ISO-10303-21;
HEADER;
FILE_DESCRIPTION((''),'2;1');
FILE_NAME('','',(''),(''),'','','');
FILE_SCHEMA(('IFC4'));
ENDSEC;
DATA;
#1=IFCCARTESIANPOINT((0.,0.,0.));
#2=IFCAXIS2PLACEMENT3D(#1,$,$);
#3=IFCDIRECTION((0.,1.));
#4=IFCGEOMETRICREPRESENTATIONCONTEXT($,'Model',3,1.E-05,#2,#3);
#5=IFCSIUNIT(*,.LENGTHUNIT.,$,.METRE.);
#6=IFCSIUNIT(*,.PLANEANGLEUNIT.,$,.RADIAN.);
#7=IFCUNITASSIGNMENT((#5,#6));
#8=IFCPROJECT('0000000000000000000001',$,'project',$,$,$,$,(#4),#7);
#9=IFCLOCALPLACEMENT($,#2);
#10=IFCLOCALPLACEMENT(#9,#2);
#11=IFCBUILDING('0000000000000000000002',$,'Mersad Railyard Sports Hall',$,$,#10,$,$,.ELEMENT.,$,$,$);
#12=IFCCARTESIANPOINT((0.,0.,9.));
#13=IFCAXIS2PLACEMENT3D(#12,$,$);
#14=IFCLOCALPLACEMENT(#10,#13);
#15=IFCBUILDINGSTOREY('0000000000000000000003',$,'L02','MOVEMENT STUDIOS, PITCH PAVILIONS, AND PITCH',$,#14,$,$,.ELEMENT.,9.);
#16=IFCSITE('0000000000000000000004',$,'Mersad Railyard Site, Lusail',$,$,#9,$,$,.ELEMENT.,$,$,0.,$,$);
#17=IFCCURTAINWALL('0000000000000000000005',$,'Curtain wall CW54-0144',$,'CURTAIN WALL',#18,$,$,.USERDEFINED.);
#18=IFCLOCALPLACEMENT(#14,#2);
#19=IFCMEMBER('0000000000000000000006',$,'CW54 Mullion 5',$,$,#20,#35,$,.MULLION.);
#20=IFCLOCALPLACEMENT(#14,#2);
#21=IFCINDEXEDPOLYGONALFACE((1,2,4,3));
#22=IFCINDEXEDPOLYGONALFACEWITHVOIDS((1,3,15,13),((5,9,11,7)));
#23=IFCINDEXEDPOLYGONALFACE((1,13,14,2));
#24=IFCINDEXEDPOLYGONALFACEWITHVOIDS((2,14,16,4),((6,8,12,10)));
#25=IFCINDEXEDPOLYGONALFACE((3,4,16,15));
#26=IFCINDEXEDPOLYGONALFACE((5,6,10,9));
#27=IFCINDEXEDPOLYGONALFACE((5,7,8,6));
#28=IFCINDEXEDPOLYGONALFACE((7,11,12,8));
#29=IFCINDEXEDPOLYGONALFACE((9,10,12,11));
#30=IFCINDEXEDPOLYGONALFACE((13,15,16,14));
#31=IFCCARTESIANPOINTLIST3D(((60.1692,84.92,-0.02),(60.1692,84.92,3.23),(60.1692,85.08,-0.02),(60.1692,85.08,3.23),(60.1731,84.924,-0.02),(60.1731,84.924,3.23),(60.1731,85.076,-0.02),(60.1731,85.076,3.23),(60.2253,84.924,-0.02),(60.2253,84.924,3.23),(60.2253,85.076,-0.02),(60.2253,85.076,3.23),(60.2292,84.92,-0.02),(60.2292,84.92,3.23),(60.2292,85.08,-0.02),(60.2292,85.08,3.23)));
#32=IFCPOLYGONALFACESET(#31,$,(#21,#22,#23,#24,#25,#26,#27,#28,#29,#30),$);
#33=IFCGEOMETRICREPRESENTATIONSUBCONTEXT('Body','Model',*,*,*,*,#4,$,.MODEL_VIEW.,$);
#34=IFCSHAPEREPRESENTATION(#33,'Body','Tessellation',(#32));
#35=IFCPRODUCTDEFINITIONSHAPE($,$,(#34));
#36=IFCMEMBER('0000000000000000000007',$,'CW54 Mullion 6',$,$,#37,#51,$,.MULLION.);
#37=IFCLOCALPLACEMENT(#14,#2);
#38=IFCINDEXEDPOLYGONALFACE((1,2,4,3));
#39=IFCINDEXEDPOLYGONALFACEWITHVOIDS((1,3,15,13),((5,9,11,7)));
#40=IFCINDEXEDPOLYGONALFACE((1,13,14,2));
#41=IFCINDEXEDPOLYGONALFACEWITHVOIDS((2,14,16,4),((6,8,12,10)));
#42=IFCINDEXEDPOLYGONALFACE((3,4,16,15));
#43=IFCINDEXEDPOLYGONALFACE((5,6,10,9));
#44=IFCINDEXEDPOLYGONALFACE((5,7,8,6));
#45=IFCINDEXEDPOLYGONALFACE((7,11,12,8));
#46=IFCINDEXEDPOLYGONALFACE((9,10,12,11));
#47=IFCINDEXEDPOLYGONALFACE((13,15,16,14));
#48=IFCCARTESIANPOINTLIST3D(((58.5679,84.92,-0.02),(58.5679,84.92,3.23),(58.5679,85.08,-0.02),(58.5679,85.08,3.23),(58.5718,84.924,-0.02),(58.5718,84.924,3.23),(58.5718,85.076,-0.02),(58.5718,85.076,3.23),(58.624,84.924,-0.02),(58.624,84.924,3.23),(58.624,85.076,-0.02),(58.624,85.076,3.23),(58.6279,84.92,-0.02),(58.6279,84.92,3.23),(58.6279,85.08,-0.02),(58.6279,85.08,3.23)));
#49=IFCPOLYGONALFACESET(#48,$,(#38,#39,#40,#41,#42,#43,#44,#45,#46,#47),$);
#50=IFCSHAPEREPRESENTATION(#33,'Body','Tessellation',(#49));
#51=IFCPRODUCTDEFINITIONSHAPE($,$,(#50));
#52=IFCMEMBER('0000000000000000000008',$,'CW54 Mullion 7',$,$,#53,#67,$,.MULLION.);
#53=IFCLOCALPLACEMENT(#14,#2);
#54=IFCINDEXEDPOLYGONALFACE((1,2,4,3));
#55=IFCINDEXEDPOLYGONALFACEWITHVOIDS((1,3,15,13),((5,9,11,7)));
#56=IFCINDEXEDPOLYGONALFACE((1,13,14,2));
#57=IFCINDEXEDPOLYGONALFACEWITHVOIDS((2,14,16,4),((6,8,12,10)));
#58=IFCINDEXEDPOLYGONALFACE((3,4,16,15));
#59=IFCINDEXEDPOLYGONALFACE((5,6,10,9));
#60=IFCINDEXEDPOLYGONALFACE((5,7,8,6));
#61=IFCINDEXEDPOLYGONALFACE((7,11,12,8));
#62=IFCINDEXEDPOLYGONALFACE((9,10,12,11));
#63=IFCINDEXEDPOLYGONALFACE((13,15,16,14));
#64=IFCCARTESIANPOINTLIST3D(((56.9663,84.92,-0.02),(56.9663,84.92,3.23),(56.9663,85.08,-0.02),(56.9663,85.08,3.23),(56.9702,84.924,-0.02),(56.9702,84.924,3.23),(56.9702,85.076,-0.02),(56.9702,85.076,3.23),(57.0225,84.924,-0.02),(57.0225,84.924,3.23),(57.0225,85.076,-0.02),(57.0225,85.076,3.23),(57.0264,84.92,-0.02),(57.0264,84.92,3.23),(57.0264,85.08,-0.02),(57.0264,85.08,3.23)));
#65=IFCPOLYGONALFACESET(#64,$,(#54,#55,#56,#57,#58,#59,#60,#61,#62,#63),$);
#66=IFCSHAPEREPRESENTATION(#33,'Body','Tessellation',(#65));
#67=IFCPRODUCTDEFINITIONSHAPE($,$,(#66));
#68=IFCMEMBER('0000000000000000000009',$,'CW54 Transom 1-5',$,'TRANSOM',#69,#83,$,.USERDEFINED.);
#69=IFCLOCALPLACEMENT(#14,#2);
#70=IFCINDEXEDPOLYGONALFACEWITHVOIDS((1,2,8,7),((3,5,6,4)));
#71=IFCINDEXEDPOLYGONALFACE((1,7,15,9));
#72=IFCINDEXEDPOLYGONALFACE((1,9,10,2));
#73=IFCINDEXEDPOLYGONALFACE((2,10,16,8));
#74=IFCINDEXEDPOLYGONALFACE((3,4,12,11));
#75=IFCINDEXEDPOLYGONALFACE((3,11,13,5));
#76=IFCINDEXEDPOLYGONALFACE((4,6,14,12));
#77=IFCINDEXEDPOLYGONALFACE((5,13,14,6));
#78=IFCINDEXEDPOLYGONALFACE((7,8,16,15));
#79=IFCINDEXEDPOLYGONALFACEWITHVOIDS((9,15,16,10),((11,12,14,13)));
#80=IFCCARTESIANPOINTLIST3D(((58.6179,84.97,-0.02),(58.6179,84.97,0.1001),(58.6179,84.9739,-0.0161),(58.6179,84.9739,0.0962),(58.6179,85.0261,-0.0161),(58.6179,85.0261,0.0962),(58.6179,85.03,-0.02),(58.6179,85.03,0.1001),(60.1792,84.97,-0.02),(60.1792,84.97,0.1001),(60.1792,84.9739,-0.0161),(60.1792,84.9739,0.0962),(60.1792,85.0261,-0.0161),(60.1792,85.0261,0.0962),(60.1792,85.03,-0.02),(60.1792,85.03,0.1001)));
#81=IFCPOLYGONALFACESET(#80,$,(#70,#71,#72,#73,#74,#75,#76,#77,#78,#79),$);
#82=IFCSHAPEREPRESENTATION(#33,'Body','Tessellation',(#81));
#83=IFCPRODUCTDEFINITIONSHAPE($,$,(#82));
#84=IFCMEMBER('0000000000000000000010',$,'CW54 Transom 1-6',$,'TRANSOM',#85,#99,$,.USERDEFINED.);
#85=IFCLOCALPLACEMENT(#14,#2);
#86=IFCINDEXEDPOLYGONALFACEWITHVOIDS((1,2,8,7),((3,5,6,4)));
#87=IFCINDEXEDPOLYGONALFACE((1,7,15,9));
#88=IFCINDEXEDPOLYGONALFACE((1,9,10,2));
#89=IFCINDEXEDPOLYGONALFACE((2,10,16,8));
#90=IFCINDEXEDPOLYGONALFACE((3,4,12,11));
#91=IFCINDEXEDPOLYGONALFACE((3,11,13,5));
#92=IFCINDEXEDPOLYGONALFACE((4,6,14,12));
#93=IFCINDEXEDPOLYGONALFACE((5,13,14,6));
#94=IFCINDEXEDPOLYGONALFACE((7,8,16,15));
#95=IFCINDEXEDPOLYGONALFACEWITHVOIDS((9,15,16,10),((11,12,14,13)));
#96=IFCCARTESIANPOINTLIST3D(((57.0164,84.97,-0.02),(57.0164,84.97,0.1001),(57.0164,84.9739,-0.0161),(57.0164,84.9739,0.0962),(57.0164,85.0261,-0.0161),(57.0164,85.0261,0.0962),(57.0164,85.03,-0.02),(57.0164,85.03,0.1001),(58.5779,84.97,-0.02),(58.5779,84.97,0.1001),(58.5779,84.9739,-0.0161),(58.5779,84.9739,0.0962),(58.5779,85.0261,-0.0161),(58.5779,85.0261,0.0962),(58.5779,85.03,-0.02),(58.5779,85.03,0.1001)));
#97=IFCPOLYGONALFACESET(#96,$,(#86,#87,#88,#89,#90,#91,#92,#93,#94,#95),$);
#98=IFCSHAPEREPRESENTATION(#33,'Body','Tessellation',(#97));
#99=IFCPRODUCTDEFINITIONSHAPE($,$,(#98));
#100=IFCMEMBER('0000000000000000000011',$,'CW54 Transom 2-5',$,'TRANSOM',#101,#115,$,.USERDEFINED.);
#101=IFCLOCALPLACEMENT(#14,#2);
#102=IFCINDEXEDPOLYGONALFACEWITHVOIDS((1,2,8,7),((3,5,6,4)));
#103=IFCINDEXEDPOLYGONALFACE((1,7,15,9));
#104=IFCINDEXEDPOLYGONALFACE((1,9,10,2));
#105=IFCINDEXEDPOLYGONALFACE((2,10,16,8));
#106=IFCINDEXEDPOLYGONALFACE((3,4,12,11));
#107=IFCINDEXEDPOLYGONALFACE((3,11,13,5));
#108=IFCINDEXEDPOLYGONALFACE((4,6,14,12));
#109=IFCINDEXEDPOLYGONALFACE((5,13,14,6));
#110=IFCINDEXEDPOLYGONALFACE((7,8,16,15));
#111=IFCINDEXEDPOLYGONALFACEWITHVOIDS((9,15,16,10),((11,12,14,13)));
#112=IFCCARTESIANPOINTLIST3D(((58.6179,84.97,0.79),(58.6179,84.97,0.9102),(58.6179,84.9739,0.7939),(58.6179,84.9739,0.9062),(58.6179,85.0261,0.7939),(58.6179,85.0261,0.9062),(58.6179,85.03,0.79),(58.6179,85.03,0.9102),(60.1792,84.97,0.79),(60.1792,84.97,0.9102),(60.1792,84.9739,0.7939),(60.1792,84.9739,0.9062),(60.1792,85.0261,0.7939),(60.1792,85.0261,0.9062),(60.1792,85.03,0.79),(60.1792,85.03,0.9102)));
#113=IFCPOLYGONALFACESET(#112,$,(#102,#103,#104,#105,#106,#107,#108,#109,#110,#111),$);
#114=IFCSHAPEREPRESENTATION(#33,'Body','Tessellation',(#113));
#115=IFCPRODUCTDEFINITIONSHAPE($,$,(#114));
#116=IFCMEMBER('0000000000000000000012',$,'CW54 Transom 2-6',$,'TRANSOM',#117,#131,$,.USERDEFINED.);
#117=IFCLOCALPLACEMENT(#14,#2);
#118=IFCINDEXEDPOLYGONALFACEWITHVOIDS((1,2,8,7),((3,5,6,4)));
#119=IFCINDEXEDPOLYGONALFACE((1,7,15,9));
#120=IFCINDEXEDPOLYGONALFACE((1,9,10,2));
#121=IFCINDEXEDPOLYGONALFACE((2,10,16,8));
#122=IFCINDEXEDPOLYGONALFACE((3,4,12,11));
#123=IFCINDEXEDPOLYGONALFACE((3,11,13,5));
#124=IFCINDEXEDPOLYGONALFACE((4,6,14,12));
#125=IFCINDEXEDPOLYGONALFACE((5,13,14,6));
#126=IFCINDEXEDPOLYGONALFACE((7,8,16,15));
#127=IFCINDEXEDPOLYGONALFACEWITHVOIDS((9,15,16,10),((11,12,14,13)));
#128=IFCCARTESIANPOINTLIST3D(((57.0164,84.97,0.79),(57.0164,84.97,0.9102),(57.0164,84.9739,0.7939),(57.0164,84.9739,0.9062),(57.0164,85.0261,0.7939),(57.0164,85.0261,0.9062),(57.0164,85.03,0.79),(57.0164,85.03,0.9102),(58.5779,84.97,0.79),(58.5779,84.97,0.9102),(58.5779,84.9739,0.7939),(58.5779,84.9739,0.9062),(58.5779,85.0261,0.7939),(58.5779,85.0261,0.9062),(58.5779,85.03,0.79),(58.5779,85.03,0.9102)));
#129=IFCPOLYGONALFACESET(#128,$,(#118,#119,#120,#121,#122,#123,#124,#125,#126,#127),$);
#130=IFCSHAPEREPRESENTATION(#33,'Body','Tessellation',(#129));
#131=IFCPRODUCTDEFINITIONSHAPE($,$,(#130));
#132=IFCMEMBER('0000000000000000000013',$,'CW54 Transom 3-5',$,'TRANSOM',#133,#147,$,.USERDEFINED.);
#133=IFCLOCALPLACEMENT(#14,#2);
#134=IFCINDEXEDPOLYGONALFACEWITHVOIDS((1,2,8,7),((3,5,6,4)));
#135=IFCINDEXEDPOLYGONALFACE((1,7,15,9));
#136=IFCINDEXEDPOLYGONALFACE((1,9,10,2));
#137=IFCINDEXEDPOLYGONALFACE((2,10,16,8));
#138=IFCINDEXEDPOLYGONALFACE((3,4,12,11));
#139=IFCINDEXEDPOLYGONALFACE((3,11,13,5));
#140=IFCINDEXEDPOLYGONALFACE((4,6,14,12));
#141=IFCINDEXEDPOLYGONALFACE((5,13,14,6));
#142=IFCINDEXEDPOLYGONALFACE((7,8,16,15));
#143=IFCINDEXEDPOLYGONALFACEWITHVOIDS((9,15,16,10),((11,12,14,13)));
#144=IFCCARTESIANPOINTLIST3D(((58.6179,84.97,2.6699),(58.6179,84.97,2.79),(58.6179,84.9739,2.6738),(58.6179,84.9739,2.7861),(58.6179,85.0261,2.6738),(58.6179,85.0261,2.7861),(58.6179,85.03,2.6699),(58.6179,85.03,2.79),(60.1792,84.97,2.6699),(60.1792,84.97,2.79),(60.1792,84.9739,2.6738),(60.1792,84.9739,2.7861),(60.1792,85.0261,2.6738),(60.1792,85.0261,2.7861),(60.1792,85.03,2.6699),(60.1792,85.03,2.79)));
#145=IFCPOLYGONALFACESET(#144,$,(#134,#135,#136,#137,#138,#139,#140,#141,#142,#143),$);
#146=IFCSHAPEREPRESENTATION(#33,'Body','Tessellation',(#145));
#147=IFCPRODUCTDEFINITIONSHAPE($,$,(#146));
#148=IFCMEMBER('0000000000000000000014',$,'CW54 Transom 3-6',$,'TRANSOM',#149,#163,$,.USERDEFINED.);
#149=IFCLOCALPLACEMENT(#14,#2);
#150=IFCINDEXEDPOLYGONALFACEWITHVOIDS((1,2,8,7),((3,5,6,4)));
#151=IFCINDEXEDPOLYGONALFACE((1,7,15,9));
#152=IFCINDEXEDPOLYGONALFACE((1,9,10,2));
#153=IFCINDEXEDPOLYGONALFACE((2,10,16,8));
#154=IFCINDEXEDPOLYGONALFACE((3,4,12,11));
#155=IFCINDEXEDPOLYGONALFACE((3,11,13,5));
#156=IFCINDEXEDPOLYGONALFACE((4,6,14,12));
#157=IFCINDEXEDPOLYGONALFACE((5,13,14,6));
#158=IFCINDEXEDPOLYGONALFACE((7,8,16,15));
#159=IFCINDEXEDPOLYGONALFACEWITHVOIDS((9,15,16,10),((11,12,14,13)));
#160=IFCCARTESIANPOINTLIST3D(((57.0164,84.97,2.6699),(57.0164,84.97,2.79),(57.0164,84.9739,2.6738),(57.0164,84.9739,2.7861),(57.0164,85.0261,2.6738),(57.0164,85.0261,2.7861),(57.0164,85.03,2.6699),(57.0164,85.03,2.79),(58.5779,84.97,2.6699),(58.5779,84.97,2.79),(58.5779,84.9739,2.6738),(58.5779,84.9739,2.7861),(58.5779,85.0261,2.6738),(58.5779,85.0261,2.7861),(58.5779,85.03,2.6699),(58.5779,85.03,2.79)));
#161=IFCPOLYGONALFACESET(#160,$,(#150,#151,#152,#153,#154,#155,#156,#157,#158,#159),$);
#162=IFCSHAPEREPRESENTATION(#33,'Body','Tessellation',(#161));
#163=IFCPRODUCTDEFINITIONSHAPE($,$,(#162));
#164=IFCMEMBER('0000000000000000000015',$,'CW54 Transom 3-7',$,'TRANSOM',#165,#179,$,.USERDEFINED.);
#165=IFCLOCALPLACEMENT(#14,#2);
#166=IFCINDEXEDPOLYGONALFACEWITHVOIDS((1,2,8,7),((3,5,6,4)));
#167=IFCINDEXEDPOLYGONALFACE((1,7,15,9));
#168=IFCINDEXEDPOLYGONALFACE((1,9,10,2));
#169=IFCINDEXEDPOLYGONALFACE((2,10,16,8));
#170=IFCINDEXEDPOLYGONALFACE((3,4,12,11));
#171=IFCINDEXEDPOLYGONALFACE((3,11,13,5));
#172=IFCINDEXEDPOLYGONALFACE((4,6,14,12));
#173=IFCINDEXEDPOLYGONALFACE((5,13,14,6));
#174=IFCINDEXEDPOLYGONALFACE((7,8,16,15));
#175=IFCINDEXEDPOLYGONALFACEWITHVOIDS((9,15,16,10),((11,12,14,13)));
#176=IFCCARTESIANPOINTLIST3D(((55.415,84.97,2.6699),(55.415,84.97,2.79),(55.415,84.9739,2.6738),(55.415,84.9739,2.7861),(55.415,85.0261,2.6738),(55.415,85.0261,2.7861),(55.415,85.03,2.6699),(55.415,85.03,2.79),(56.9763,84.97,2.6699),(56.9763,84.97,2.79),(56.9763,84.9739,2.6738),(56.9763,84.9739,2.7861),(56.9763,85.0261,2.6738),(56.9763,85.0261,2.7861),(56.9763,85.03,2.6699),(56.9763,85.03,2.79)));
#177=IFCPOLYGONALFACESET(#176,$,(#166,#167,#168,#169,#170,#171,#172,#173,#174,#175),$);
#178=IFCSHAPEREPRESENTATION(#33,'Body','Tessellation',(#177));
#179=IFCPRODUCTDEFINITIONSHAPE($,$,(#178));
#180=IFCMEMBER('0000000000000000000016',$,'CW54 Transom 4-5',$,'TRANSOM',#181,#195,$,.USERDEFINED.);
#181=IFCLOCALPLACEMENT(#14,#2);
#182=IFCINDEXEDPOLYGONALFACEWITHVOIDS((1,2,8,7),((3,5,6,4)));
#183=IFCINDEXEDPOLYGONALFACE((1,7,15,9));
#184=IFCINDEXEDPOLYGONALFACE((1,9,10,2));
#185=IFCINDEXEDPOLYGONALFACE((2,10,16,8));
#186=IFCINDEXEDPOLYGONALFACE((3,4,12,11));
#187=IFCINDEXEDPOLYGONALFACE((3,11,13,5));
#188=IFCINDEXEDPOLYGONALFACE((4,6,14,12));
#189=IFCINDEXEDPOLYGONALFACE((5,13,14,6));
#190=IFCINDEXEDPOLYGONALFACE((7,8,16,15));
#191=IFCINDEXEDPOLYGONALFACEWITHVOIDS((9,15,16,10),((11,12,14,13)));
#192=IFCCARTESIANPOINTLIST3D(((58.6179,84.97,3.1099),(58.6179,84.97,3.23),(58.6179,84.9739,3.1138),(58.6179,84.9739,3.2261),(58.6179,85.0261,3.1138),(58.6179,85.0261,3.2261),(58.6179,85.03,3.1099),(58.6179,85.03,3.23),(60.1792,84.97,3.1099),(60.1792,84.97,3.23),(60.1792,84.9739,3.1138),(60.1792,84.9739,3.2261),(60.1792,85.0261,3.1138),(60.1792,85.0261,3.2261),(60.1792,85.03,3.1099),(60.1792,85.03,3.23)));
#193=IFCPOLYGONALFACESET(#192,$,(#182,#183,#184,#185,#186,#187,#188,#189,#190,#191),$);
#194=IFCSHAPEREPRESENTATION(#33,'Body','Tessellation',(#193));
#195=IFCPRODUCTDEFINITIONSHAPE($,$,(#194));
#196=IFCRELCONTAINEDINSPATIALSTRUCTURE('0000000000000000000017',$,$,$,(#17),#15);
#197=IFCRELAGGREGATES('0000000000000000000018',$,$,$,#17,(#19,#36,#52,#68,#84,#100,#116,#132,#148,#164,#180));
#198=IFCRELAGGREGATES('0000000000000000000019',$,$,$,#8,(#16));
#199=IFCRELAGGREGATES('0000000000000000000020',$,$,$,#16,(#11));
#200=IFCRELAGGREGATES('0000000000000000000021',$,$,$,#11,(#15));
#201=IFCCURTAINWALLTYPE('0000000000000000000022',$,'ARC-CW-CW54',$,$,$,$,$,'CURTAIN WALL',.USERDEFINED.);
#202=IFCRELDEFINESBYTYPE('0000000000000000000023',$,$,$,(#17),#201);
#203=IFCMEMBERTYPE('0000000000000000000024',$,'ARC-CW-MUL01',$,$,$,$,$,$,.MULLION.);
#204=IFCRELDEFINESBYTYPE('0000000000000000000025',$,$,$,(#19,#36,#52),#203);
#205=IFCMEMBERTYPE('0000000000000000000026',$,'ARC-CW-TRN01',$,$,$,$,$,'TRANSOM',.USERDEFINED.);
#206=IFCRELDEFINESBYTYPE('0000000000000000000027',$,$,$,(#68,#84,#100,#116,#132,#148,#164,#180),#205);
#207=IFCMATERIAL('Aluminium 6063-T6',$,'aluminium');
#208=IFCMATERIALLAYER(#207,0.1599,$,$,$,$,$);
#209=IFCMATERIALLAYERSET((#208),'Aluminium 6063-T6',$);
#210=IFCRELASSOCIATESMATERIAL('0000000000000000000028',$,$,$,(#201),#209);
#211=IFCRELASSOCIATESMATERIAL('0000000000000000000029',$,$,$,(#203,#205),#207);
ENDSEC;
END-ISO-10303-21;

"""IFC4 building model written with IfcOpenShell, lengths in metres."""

from ifc_helpers import new_model, si_unit, direction, frame, origin, origin_2d, place, context, subcontext, project, spatial, hollow_rectangle, extrude, material, layer, layer_set, material_profile, profile_set, type_object, element, aggregate, save


model = new_model("IFC4")

# Units and contexts
model_context = context("Model", 3, precision=1e-05, world=origin(), true_north=direction((0.0, 1.0)))
body_context = subcontext(model_context, "Body", "Model", "MODEL_VIEW")
ifc_project = project(units=[si_unit("LENGTHUNIT", "METRE"), si_unit("PLANEANGLEUNIT", "RADIAN")], contexts=[model_context])

# Site, building, storey
site_placement = place(None, origin())
site = spatial("IfcSite", under=ifc_project, at=site_placement, Name="Mersad Railyard Site, Lusail", CompositionType="ELEMENT", RefElevation=0.0)
building_placement = place(site_placement, origin())
building = spatial("IfcBuilding", under=site, at=building_placement, Name="Mersad Railyard Sports Hall", CompositionType="ELEMENT")
storey_placement = place(building_placement, frame((0.0, 0.0, 9.0)))
storey = spatial("IfcBuildingStorey", under=building, at=storey_placement, Name="L02", Description="MOVEMENT STUDIOS, PITCH PAVILIONS, AND PITCH", CompositionType="ELEMENT", Elevation=9.0)

# Curtain wall, members
ifc_material_1 = material(Name="Aluminium 6063-T6", Category="aluminium")
ifc_layer_1 = layer(ifc_material_1, 0.1599)
ifc_layer_set_1 = layer_set([ifc_layer_1], Name="Aluminium 6063-T6")
curtain_wall_type = type_object("IfcCurtainWallType", Name="ARC-CW-CW54", ElementType="CURTAIN WALL", PredefinedType="USERDEFINED", material=ifc_layer_set_1)
curtain_wall_placement = place(storey_placement, origin())
curtain_wall = element("IfcCurtainWall", 1, at=curtain_wall_placement, inside=storey, type_object=curtain_wall_type, Name="Curtain wall CW54-0144", ObjectType="CURTAIN WALL", PredefinedType="USERDEFINED")
ifc_material_profile_1 = material_profile(ifc_material_1, hollow_rectangle(XDim=0.0601, YDim=0.1599, WallThickness=0.0039, at=origin_2d()), Name="AL MULLION 60x160x4")
ifc_profile_set_1 = profile_set([ifc_material_profile_1], Name="Aluminium 6063-T6")
member_type_1 = type_object("IfcMemberType", Name="ARC-CW-MUL01", PredefinedType="MULLION", material=ifc_profile_set_1)
member_1_placement = place(storey_placement, frame((60.1992, 85.0, -0.02), z_axis=(0.0, 0.0, 1.0), x_axis=(1.0, 0.0, 0.0)))
member_1 = element("IfcMember", 2, at=member_1_placement, type_object=member_type_1, Name="CW54 Mullion 5", PredefinedType="MULLION", context=body_context, shape_type="SweptSolid", body=[
    extrude(hollow_rectangle(XDim=0.0601, YDim=0.1599, WallThickness=0.0039, at=origin_2d()), origin(), (0.0, 0.0, 1.0), 3.25),
])
member_2_placement = place(storey_placement, frame((58.5979, 85.0, -0.02), z_axis=(0.0, 0.0, 1.0), x_axis=(1.0, 0.0, 0.0)))
member_2 = element("IfcMember", 3, at=member_2_placement, type_object=member_type_1, Name="CW54 Mullion 6", PredefinedType="MULLION", context=body_context, shape_type="SweptSolid", body=[
    extrude(hollow_rectangle(XDim=0.0601, YDim=0.1599, WallThickness=0.0039, at=origin_2d()), origin(), (0.0, 0.0, 1.0), 3.25),
])
member_3_placement = place(storey_placement, frame((56.9963, 85.0, -0.02), z_axis=(0.0, 0.0, 1.0), x_axis=(1.0, 0.0, 0.0)))
member_3 = element("IfcMember", 4, at=member_3_placement, type_object=member_type_1, Name="CW54 Mullion 7", PredefinedType="MULLION", context=body_context, shape_type="SweptSolid", body=[
    extrude(hollow_rectangle(XDim=0.0601, YDim=0.1599, WallThickness=0.0039, at=origin_2d()), origin(), (0.0, 0.0, 1.0), 3.25),
])
ifc_material_profile_2 = material_profile(ifc_material_1, hollow_rectangle(XDim=0.0601, YDim=0.1201, WallThickness=0.0039, at=origin_2d()), Name="AL TRANSOM 60x120x4")
ifc_profile_set_2 = profile_set([ifc_material_profile_2], Name="Aluminium 6063-T6")
member_type_2 = type_object("IfcMemberType", Name="ARC-CW-TRN01", ElementType="TRANSOM", PredefinedType="USERDEFINED", material=ifc_profile_set_2)
member_4_placement = place(storey_placement, frame((60.1792, 85.0, 0.04), z_axis=(-1.0, 0.0, 0.0), x_axis=(0.0, -1.0, 0.0)))
member_4 = element("IfcMember", 5, at=member_4_placement, type_object=member_type_2, Name="CW54 Transom 1-5", ObjectType="TRANSOM", PredefinedType="USERDEFINED", context=body_context, shape_type="SweptSolid", body=[
    extrude(hollow_rectangle(XDim=0.0601, YDim=0.1201, WallThickness=0.0039, at=origin_2d()), origin(), (0.0, 0.0, 1.0), 1.5613),
])
member_5_placement = place(storey_placement, frame((58.5779, 85.0, 0.04), z_axis=(-1.0, 0.0, 0.0), x_axis=(0.0, -1.0, 0.0)))
member_5 = element("IfcMember", 6, at=member_5_placement, type_object=member_type_2, Name="CW54 Transom 1-6", ObjectType="TRANSOM", PredefinedType="USERDEFINED", context=body_context, shape_type="SweptSolid", body=[
    extrude(hollow_rectangle(XDim=0.0601, YDim=0.1201, WallThickness=0.0039, at=origin_2d()), origin(), (0.0, 0.0, 1.0), 1.5615),
])
member_6_placement = place(storey_placement, frame((60.1792, 85.0, 0.8501), z_axis=(-1.0, 0.0, 0.0), x_axis=(0.0, -1.0, 0.0)))
member_6 = element("IfcMember", 7, at=member_6_placement, type_object=member_type_2, Name="CW54 Transom 2-5", ObjectType="TRANSOM", PredefinedType="USERDEFINED", context=body_context, shape_type="SweptSolid", body=[
    extrude(hollow_rectangle(XDim=0.0601, YDim=0.1201, WallThickness=0.0039, at=origin_2d()), origin(), (0.0, 0.0, 1.0), 1.5613),
])
member_7_placement = place(storey_placement, frame((58.5779, 85.0, 0.8501), z_axis=(-1.0, 0.0, 0.0), x_axis=(0.0, -1.0, 0.0)))
member_7 = element("IfcMember", 8, at=member_7_placement, type_object=member_type_2, Name="CW54 Transom 2-6", ObjectType="TRANSOM", PredefinedType="USERDEFINED", context=body_context, shape_type="SweptSolid", body=[
    extrude(hollow_rectangle(XDim=0.0601, YDim=0.1201, WallThickness=0.0039, at=origin_2d()), origin(), (0.0, 0.0, 1.0), 1.5615),
])
member_8_placement = place(storey_placement, frame((60.1792, 85.0, 2.73), z_axis=(-1.0, 0.0, 0.0), x_axis=(0.0, -1.0, 0.0)))
member_8 = element("IfcMember", 9, at=member_8_placement, type_object=member_type_2, Name="CW54 Transom 3-5", ObjectType="TRANSOM", PredefinedType="USERDEFINED", context=body_context, shape_type="SweptSolid", body=[
    extrude(hollow_rectangle(XDim=0.0601, YDim=0.1201, WallThickness=0.0039, at=origin_2d()), origin(), (0.0, 0.0, 1.0), 1.5613),
])
member_9_placement = place(storey_placement, frame((58.5779, 85.0, 2.73), z_axis=(-1.0, 0.0, 0.0), x_axis=(0.0, -1.0, 0.0)))
member_9 = element("IfcMember", 10, at=member_9_placement, type_object=member_type_2, Name="CW54 Transom 3-6", ObjectType="TRANSOM", PredefinedType="USERDEFINED", context=body_context, shape_type="SweptSolid", body=[
    extrude(hollow_rectangle(XDim=0.0601, YDim=0.1201, WallThickness=0.0039, at=origin_2d()), origin(), (0.0, 0.0, 1.0), 1.5615),
])
member_10_placement = place(storey_placement, frame((56.9763, 85.0, 2.73), z_axis=(-1.0, 0.0, 0.0), x_axis=(0.0, -1.0, 0.0)))
member_10 = element("IfcMember", 11, at=member_10_placement, type_object=member_type_2, Name="CW54 Transom 3-7", ObjectType="TRANSOM", PredefinedType="USERDEFINED", context=body_context, shape_type="SweptSolid", body=[
    extrude(hollow_rectangle(XDim=0.0601, YDim=0.1201, WallThickness=0.0039, at=origin_2d()), origin(), (0.0, 0.0, 1.0), 1.5613),
])
member_11_placement = place(storey_placement, frame((60.1792, 85.0, 3.1699), z_axis=(-1.0, 0.0, 0.0), x_axis=(0.0, -1.0, 0.0)))
member_11 = element("IfcMember", 12, at=member_11_placement, type_object=member_type_2, Name="CW54 Transom 4-5", ObjectType="TRANSOM", PredefinedType="USERDEFINED", context=body_context, shape_type="SweptSolid", body=[
    extrude(hollow_rectangle(XDim=0.0601, YDim=0.1201, WallThickness=0.0039, at=origin_2d()), origin(), (0.0, 0.0, 1.0), 1.5613),
])

aggregate(curtain_wall, [member_1, member_2, member_3, member_4, member_5, member_6, member_7, member_8, member_9, member_10, member_11])

save(model, "model.ifc")
